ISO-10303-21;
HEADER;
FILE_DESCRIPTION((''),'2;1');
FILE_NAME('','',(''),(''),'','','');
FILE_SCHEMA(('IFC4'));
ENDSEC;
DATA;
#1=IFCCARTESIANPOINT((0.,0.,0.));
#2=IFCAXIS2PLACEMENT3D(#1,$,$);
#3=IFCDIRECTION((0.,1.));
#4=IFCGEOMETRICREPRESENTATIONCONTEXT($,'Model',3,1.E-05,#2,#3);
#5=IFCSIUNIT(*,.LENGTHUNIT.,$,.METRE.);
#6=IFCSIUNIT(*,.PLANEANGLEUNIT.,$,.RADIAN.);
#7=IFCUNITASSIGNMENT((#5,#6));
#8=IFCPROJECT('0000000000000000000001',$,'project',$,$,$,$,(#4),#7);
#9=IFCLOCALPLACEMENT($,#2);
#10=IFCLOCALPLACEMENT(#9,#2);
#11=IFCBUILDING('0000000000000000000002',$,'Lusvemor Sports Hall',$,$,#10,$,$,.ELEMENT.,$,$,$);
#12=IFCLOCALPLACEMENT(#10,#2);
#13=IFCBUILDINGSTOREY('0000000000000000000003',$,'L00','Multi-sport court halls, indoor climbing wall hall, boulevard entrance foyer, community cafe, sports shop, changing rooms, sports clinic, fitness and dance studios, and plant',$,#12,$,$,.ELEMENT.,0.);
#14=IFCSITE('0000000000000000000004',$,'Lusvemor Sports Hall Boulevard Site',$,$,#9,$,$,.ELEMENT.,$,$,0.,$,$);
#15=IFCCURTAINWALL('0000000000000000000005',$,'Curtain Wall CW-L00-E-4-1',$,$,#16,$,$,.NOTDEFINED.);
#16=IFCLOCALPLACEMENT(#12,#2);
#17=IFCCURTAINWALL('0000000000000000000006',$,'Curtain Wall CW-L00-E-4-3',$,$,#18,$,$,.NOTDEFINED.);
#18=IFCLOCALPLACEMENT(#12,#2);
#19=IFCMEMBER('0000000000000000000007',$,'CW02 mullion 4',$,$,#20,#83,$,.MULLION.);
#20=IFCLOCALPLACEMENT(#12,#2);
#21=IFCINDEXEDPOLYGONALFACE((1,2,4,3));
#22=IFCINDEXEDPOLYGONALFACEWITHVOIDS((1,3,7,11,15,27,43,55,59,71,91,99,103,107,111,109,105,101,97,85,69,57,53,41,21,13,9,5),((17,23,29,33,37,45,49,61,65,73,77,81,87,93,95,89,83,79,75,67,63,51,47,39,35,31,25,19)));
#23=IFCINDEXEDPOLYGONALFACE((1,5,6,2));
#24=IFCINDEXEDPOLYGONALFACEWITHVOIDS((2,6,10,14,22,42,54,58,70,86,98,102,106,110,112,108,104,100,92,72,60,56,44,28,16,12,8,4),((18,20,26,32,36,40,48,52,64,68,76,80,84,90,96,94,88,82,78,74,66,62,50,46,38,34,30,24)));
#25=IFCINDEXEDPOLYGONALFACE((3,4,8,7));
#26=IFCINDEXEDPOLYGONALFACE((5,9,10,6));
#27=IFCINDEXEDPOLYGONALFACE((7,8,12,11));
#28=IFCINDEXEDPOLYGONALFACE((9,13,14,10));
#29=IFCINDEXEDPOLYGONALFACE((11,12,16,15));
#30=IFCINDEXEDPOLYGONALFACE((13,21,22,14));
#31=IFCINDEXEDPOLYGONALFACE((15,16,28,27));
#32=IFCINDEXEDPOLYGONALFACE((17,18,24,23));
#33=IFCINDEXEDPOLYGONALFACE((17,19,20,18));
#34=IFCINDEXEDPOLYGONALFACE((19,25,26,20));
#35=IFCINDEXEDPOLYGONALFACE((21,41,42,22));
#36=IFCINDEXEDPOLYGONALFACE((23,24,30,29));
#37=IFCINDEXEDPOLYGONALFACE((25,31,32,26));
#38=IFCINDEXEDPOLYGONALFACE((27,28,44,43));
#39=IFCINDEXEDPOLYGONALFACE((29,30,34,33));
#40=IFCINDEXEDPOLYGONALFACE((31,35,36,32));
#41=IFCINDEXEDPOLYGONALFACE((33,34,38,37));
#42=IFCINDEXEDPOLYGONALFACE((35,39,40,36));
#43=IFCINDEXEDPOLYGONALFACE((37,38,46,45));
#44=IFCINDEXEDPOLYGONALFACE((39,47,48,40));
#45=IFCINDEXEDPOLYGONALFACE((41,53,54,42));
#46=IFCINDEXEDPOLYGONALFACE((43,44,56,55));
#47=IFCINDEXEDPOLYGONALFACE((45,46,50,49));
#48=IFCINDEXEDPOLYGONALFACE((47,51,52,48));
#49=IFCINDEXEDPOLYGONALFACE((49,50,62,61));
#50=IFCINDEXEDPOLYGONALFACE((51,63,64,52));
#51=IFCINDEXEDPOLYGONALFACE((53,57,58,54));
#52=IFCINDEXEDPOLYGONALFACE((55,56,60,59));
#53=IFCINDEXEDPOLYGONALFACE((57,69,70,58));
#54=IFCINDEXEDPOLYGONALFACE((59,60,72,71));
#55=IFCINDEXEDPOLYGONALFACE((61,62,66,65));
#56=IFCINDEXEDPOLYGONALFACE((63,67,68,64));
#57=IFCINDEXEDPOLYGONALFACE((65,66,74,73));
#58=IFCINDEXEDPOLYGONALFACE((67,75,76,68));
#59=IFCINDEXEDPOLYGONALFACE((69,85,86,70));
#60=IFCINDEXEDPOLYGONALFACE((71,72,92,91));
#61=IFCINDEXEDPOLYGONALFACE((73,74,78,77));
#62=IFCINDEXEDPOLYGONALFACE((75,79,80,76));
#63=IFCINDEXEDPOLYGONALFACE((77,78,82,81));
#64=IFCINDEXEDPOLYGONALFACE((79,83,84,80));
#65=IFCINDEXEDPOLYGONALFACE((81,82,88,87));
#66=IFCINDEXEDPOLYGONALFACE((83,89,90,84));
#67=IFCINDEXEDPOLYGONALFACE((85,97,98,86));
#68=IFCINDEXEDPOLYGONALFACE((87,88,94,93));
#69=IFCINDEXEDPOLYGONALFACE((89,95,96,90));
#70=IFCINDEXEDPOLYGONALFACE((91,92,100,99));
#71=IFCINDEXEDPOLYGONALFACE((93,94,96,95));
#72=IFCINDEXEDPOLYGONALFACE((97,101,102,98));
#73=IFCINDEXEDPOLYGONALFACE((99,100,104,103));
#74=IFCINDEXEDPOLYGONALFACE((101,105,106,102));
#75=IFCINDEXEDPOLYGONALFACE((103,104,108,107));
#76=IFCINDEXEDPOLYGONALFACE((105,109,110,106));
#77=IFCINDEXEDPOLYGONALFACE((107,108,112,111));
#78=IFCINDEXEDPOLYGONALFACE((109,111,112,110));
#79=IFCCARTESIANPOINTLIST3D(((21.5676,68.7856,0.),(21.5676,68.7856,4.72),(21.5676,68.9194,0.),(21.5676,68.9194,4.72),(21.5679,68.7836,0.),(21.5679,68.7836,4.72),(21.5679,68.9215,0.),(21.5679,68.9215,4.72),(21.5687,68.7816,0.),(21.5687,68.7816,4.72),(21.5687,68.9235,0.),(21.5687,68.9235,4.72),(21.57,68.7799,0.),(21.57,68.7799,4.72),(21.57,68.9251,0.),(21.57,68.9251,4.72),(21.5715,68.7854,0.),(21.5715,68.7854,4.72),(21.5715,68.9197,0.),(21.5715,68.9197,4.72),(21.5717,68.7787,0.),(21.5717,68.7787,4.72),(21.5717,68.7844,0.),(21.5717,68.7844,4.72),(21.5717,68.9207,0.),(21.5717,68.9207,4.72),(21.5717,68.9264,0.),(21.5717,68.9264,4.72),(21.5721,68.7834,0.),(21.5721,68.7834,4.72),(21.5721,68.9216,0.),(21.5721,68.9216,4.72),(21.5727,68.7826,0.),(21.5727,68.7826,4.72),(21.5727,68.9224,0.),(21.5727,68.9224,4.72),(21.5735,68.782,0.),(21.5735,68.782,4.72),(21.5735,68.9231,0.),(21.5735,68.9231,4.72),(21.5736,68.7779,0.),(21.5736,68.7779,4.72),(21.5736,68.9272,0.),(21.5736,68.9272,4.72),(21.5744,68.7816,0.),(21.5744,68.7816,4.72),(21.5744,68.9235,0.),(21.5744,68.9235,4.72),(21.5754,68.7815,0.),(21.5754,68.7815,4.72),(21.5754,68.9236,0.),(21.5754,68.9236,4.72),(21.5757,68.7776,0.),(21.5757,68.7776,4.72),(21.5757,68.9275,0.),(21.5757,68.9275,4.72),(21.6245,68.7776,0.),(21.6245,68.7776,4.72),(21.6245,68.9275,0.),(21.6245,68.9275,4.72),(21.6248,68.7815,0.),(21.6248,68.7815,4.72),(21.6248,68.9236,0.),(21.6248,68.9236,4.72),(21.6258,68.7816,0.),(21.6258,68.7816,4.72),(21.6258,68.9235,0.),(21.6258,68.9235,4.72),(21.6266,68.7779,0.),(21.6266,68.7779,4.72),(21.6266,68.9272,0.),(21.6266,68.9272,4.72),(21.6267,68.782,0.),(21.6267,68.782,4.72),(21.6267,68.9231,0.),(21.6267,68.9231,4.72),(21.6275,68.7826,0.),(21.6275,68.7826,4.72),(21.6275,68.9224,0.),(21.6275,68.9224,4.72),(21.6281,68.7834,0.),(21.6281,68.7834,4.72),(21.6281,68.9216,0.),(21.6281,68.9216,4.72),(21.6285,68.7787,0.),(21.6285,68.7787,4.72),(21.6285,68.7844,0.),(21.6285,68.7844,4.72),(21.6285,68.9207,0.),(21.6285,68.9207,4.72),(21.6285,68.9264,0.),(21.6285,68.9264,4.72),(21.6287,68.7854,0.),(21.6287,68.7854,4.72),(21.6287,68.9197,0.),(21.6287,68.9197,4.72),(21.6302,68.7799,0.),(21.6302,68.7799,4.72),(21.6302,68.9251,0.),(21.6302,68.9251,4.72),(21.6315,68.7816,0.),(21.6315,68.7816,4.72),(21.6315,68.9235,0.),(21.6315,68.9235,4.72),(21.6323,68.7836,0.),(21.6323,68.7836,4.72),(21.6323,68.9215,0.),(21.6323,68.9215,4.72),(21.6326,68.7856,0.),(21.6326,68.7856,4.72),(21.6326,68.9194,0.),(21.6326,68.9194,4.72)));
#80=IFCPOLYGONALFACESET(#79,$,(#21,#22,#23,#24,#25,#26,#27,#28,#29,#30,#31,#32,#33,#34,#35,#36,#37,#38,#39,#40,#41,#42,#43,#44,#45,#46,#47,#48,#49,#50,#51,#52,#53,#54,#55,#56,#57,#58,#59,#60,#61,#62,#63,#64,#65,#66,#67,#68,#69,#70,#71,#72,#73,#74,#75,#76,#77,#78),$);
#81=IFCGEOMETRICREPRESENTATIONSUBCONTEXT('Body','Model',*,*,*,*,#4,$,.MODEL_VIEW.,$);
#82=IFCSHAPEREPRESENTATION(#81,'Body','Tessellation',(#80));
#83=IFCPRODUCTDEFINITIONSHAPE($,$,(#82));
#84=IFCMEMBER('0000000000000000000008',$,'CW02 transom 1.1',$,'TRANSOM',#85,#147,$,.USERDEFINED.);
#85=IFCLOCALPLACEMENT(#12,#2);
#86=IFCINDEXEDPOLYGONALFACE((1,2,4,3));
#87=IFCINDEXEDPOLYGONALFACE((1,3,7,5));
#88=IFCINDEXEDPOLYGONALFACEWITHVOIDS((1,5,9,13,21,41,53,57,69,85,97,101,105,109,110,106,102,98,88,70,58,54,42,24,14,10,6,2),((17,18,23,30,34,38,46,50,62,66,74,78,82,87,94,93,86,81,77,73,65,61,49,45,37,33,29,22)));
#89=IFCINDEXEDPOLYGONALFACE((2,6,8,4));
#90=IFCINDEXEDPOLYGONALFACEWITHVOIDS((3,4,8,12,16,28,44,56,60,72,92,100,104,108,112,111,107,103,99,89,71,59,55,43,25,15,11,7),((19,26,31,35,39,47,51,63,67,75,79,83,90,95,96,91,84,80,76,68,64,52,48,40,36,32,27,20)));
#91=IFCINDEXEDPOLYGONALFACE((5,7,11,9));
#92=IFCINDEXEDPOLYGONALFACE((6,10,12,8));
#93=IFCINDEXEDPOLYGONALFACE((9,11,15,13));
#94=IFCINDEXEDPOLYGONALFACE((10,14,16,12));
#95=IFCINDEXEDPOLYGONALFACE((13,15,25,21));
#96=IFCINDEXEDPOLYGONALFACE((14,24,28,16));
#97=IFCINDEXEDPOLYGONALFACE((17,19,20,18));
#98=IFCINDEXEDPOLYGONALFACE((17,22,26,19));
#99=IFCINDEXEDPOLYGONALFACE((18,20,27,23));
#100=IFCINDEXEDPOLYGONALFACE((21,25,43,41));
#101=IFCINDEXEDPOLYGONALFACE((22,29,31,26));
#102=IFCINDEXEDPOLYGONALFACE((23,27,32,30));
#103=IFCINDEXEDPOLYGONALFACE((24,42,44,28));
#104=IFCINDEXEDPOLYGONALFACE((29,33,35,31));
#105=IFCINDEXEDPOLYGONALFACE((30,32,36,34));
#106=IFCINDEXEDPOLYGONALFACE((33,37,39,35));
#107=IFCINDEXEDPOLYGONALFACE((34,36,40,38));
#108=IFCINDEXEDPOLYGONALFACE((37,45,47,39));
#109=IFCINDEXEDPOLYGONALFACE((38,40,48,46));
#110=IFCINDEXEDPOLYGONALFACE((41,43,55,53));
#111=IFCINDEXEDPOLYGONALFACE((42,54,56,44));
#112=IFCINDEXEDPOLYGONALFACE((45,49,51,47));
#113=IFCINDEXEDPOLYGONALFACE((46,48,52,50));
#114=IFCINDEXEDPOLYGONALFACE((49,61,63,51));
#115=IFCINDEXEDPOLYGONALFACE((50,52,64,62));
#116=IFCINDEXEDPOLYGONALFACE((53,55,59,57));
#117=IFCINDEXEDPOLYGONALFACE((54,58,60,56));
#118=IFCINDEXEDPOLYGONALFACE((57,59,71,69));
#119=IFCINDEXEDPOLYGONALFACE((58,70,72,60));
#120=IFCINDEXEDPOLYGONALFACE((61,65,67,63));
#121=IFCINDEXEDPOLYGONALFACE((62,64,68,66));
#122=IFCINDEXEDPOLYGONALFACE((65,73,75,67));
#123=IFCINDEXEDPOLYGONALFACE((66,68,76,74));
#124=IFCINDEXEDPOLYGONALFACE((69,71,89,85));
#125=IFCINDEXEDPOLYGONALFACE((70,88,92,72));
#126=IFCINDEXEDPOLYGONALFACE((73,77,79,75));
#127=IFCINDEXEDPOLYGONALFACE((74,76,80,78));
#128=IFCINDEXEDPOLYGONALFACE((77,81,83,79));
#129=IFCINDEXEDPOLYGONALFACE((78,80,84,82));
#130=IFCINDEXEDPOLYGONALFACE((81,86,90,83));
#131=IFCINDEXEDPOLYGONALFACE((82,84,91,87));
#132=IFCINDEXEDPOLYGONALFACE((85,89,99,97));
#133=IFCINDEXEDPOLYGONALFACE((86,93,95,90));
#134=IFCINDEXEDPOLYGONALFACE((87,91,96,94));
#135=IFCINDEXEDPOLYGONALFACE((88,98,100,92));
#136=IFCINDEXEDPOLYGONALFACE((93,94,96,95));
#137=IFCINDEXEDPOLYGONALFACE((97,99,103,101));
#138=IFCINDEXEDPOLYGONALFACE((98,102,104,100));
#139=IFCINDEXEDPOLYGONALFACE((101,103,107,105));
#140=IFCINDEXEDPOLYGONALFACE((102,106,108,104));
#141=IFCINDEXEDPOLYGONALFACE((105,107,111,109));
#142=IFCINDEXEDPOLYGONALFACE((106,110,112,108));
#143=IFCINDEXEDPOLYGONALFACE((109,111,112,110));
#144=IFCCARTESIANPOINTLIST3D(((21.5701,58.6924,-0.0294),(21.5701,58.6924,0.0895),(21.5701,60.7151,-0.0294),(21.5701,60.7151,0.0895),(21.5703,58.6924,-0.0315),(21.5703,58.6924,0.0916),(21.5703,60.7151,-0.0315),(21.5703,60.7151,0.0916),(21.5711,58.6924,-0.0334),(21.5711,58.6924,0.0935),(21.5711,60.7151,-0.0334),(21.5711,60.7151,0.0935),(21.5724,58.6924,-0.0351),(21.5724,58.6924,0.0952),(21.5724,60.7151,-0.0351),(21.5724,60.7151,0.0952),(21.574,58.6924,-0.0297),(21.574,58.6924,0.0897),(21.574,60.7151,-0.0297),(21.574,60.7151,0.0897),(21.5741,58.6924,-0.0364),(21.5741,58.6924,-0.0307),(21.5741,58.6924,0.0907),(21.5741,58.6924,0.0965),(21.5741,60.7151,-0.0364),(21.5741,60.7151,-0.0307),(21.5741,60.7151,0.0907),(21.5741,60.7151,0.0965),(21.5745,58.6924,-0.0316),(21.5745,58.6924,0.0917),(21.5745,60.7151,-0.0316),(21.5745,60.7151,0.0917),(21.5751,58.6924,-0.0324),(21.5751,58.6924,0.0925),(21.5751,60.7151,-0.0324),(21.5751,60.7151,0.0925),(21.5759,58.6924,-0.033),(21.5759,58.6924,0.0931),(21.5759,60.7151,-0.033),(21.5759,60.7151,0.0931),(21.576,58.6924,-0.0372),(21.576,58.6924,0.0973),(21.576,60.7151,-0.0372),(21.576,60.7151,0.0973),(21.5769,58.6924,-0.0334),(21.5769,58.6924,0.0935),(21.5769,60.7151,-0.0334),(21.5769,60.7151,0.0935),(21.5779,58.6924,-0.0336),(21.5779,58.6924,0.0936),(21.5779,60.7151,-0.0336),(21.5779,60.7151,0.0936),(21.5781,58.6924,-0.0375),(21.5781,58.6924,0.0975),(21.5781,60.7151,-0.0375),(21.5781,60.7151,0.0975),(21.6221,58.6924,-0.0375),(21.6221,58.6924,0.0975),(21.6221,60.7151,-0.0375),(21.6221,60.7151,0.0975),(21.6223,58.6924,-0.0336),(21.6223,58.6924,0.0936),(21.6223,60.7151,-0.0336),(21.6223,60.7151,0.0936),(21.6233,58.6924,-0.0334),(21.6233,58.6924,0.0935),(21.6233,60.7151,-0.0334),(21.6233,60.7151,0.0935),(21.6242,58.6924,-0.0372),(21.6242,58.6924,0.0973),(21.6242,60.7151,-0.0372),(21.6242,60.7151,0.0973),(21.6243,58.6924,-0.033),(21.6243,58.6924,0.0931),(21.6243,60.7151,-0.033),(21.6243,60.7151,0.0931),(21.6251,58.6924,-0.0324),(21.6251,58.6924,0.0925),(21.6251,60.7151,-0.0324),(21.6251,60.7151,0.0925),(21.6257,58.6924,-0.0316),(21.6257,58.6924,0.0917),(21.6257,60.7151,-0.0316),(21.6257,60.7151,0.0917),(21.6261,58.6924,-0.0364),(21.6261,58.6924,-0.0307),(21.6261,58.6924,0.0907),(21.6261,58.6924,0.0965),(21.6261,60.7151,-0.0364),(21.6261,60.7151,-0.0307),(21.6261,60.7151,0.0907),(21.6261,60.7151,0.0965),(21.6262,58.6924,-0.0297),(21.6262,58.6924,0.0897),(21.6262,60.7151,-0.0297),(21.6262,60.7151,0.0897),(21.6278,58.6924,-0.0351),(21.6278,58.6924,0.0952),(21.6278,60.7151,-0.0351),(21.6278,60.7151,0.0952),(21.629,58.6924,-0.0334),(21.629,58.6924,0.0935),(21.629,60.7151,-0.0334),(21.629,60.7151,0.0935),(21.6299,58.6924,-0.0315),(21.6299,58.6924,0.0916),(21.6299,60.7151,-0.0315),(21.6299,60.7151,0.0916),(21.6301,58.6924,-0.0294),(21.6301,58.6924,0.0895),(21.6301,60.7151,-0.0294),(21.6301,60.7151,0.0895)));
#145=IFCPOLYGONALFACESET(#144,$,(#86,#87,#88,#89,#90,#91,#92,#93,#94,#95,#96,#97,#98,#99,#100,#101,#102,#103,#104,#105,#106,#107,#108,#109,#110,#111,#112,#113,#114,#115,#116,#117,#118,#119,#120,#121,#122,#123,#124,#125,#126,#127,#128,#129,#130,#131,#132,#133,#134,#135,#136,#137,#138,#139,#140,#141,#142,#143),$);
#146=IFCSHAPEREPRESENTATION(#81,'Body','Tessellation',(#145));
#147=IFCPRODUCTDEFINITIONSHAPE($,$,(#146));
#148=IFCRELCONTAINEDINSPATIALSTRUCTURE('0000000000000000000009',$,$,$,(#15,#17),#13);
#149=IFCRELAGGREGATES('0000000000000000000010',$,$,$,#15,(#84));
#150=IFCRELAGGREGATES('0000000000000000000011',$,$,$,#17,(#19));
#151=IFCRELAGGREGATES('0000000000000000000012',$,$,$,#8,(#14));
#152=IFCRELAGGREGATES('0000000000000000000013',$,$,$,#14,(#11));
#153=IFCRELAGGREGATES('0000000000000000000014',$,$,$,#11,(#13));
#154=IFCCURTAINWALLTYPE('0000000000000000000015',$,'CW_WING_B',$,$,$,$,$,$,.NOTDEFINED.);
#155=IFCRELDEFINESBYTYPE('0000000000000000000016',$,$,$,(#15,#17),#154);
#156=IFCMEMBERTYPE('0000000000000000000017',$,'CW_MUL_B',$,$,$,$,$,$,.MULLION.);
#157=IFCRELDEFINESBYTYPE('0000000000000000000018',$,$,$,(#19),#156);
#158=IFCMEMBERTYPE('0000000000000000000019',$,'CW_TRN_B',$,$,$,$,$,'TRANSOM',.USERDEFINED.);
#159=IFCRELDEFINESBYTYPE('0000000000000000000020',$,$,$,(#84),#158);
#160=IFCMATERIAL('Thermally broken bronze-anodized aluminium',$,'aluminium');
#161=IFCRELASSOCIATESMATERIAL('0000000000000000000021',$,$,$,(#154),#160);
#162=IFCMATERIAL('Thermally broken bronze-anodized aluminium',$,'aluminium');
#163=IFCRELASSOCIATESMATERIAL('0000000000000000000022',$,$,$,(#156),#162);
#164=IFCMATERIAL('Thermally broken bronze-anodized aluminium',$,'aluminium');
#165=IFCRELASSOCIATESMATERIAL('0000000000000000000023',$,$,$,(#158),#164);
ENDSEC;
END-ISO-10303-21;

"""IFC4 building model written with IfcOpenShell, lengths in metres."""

from ifc_helpers import new_model, si_unit, direction, frame, origin, origin_2d, place, context, subcontext, project, spatial, hollow_rectangle, extrude, material, material_profile, profile_set, type_object, element, aggregate, save


model = new_model("IFC4")

# Units and contexts
model_context = context("Model", 3, precision=1e-05, world=origin(), true_north=direction((0.0, 1.0)))
body_context = subcontext(model_context, "Body", "Model", "MODEL_VIEW")
ifc_project = project(units=[si_unit("LENGTHUNIT", "METRE"), si_unit("PLANEANGLEUNIT", "RADIAN")], contexts=[model_context])

# Site, building, storey
site_placement = place(None, origin())
site = spatial("IfcSite", under=ifc_project, at=site_placement, Name="Lusvemor Sports Hall Boulevard Site", CompositionType="ELEMENT", RefElevation=0.0)
building_placement = place(site_placement, origin())
building = spatial("IfcBuilding", under=site, at=building_placement, Name="Lusvemor Sports Hall", CompositionType="ELEMENT")
storey_placement = place(building_placement, origin())
storey = spatial("IfcBuildingStorey", under=building, at=storey_placement, Name="L00", Description="Multi-sport court halls, indoor climbing wall hall, boulevard entrance foyer, community cafe, sports shop, changing rooms, sports clinic, fitness and dance studios, and plant", CompositionType="ELEMENT", Elevation=0.0)

# Curtain wall
ifc_material_1 = material(Name="Thermally broken bronze-anodized aluminium", Category="aluminium")
curtain_wall_type = type_object("IfcCurtainWallType", Name="CW_WING_B", PredefinedType="NOTDEFINED", material=ifc_material_1)
curtain_wall_1_placement = place(storey_placement, origin())
curtain_wall_1 = element("IfcCurtainWall", 1, at=curtain_wall_1_placement, inside=storey, type_object=curtain_wall_type, Name="Curtain Wall CW-L00-E-4-1", PredefinedType="NOTDEFINED")
ifc_material_2 = material(Name="Thermally broken bronze-anodized aluminium", Category="aluminium")
ifc_material_profile_1 = material_profile(ifc_material_2, hollow_rectangle(XDim=0.0649, YDim=0.1499, WallThickness=0.0039, InnerFilletRadius=0.0039, OuterFilletRadius=0.0081, at=origin_2d()), Name="CWMUL150x65x4")
ifc_profile_set_1 = profile_set([ifc_material_profile_1], Name="Thermally broken bronze-anodized aluminium")
member_type_1 = type_object("IfcMemberType", Name="CW_MUL_B", PredefinedType="MULLION", material=ifc_profile_set_1)

# Curtain wall, member
curtain_wall_2_placement = place(storey_placement, origin())
curtain_wall_2 = element("IfcCurtainWall", 2, at=curtain_wall_2_placement, inside=storey, type_object=curtain_wall_type, Name="Curtain Wall CW-L00-E-4-3", PredefinedType="NOTDEFINED")
member_1_placement = place(storey_placement, frame((21.6001, 68.8525, 0.0), z_axis=(0.0, 0.0, 1.0), x_axis=(1.0, 0.0, 0.0)))
member_1 = element("IfcMember", 3, at=member_1_placement, type_object=member_type_1, Name="CW02 mullion 4", PredefinedType="MULLION", context=body_context, shape_type="SweptSolid", body=[
    extrude(hollow_rectangle(XDim=0.0649, YDim=0.1499, WallThickness=0.0039, InnerFilletRadius=0.0039, OuterFilletRadius=0.0081, at=origin_2d()), origin(), (0.0, 0.0, 1.0), 4.72),
])

# Member
ifc_material_3 = material(Name="Thermally broken bronze-anodized aluminium", Category="aluminium")
ifc_material_profile_2 = material_profile(ifc_material_3, hollow_rectangle(XDim=0.0601, YDim=0.135, WallThickness=0.0039, InnerFilletRadius=0.0039, OuterFilletRadius=0.0081, at=origin_2d()), Name="CWTRN135x60x4")
ifc_profile_set_2 = profile_set([ifc_material_profile_2], Name="Thermally broken bronze-anodized aluminium")
member_type_2 = type_object("IfcMemberType", Name="CW_TRN_B", ElementType="TRANSOM", PredefinedType="USERDEFINED", material=ifc_profile_set_2)
member_2_placement = place(storey_placement, frame((21.6001, 60.7151, 0.03), z_axis=(0.0, -1.0, 0.0), x_axis=(1.0, 0.0, 0.0)))
member_2 = element("IfcMember", 4, at=member_2_placement, type_object=member_type_2, Name="CW02 transom 1.1", ObjectType="TRANSOM", PredefinedType="USERDEFINED", context=body_context, shape_type="SweptSolid", body=[
    extrude(hollow_rectangle(XDim=0.0601, YDim=0.135, WallThickness=0.0039, InnerFilletRadius=0.0039, OuterFilletRadius=0.0081, at=origin_2d()), origin(), (0.0, 0.0, 1.0), 2.0227),
])
aggregate(curtain_wall_1, [member_2])

aggregate(curtain_wall_2, [member_1])

save(model, "model.ifc")
